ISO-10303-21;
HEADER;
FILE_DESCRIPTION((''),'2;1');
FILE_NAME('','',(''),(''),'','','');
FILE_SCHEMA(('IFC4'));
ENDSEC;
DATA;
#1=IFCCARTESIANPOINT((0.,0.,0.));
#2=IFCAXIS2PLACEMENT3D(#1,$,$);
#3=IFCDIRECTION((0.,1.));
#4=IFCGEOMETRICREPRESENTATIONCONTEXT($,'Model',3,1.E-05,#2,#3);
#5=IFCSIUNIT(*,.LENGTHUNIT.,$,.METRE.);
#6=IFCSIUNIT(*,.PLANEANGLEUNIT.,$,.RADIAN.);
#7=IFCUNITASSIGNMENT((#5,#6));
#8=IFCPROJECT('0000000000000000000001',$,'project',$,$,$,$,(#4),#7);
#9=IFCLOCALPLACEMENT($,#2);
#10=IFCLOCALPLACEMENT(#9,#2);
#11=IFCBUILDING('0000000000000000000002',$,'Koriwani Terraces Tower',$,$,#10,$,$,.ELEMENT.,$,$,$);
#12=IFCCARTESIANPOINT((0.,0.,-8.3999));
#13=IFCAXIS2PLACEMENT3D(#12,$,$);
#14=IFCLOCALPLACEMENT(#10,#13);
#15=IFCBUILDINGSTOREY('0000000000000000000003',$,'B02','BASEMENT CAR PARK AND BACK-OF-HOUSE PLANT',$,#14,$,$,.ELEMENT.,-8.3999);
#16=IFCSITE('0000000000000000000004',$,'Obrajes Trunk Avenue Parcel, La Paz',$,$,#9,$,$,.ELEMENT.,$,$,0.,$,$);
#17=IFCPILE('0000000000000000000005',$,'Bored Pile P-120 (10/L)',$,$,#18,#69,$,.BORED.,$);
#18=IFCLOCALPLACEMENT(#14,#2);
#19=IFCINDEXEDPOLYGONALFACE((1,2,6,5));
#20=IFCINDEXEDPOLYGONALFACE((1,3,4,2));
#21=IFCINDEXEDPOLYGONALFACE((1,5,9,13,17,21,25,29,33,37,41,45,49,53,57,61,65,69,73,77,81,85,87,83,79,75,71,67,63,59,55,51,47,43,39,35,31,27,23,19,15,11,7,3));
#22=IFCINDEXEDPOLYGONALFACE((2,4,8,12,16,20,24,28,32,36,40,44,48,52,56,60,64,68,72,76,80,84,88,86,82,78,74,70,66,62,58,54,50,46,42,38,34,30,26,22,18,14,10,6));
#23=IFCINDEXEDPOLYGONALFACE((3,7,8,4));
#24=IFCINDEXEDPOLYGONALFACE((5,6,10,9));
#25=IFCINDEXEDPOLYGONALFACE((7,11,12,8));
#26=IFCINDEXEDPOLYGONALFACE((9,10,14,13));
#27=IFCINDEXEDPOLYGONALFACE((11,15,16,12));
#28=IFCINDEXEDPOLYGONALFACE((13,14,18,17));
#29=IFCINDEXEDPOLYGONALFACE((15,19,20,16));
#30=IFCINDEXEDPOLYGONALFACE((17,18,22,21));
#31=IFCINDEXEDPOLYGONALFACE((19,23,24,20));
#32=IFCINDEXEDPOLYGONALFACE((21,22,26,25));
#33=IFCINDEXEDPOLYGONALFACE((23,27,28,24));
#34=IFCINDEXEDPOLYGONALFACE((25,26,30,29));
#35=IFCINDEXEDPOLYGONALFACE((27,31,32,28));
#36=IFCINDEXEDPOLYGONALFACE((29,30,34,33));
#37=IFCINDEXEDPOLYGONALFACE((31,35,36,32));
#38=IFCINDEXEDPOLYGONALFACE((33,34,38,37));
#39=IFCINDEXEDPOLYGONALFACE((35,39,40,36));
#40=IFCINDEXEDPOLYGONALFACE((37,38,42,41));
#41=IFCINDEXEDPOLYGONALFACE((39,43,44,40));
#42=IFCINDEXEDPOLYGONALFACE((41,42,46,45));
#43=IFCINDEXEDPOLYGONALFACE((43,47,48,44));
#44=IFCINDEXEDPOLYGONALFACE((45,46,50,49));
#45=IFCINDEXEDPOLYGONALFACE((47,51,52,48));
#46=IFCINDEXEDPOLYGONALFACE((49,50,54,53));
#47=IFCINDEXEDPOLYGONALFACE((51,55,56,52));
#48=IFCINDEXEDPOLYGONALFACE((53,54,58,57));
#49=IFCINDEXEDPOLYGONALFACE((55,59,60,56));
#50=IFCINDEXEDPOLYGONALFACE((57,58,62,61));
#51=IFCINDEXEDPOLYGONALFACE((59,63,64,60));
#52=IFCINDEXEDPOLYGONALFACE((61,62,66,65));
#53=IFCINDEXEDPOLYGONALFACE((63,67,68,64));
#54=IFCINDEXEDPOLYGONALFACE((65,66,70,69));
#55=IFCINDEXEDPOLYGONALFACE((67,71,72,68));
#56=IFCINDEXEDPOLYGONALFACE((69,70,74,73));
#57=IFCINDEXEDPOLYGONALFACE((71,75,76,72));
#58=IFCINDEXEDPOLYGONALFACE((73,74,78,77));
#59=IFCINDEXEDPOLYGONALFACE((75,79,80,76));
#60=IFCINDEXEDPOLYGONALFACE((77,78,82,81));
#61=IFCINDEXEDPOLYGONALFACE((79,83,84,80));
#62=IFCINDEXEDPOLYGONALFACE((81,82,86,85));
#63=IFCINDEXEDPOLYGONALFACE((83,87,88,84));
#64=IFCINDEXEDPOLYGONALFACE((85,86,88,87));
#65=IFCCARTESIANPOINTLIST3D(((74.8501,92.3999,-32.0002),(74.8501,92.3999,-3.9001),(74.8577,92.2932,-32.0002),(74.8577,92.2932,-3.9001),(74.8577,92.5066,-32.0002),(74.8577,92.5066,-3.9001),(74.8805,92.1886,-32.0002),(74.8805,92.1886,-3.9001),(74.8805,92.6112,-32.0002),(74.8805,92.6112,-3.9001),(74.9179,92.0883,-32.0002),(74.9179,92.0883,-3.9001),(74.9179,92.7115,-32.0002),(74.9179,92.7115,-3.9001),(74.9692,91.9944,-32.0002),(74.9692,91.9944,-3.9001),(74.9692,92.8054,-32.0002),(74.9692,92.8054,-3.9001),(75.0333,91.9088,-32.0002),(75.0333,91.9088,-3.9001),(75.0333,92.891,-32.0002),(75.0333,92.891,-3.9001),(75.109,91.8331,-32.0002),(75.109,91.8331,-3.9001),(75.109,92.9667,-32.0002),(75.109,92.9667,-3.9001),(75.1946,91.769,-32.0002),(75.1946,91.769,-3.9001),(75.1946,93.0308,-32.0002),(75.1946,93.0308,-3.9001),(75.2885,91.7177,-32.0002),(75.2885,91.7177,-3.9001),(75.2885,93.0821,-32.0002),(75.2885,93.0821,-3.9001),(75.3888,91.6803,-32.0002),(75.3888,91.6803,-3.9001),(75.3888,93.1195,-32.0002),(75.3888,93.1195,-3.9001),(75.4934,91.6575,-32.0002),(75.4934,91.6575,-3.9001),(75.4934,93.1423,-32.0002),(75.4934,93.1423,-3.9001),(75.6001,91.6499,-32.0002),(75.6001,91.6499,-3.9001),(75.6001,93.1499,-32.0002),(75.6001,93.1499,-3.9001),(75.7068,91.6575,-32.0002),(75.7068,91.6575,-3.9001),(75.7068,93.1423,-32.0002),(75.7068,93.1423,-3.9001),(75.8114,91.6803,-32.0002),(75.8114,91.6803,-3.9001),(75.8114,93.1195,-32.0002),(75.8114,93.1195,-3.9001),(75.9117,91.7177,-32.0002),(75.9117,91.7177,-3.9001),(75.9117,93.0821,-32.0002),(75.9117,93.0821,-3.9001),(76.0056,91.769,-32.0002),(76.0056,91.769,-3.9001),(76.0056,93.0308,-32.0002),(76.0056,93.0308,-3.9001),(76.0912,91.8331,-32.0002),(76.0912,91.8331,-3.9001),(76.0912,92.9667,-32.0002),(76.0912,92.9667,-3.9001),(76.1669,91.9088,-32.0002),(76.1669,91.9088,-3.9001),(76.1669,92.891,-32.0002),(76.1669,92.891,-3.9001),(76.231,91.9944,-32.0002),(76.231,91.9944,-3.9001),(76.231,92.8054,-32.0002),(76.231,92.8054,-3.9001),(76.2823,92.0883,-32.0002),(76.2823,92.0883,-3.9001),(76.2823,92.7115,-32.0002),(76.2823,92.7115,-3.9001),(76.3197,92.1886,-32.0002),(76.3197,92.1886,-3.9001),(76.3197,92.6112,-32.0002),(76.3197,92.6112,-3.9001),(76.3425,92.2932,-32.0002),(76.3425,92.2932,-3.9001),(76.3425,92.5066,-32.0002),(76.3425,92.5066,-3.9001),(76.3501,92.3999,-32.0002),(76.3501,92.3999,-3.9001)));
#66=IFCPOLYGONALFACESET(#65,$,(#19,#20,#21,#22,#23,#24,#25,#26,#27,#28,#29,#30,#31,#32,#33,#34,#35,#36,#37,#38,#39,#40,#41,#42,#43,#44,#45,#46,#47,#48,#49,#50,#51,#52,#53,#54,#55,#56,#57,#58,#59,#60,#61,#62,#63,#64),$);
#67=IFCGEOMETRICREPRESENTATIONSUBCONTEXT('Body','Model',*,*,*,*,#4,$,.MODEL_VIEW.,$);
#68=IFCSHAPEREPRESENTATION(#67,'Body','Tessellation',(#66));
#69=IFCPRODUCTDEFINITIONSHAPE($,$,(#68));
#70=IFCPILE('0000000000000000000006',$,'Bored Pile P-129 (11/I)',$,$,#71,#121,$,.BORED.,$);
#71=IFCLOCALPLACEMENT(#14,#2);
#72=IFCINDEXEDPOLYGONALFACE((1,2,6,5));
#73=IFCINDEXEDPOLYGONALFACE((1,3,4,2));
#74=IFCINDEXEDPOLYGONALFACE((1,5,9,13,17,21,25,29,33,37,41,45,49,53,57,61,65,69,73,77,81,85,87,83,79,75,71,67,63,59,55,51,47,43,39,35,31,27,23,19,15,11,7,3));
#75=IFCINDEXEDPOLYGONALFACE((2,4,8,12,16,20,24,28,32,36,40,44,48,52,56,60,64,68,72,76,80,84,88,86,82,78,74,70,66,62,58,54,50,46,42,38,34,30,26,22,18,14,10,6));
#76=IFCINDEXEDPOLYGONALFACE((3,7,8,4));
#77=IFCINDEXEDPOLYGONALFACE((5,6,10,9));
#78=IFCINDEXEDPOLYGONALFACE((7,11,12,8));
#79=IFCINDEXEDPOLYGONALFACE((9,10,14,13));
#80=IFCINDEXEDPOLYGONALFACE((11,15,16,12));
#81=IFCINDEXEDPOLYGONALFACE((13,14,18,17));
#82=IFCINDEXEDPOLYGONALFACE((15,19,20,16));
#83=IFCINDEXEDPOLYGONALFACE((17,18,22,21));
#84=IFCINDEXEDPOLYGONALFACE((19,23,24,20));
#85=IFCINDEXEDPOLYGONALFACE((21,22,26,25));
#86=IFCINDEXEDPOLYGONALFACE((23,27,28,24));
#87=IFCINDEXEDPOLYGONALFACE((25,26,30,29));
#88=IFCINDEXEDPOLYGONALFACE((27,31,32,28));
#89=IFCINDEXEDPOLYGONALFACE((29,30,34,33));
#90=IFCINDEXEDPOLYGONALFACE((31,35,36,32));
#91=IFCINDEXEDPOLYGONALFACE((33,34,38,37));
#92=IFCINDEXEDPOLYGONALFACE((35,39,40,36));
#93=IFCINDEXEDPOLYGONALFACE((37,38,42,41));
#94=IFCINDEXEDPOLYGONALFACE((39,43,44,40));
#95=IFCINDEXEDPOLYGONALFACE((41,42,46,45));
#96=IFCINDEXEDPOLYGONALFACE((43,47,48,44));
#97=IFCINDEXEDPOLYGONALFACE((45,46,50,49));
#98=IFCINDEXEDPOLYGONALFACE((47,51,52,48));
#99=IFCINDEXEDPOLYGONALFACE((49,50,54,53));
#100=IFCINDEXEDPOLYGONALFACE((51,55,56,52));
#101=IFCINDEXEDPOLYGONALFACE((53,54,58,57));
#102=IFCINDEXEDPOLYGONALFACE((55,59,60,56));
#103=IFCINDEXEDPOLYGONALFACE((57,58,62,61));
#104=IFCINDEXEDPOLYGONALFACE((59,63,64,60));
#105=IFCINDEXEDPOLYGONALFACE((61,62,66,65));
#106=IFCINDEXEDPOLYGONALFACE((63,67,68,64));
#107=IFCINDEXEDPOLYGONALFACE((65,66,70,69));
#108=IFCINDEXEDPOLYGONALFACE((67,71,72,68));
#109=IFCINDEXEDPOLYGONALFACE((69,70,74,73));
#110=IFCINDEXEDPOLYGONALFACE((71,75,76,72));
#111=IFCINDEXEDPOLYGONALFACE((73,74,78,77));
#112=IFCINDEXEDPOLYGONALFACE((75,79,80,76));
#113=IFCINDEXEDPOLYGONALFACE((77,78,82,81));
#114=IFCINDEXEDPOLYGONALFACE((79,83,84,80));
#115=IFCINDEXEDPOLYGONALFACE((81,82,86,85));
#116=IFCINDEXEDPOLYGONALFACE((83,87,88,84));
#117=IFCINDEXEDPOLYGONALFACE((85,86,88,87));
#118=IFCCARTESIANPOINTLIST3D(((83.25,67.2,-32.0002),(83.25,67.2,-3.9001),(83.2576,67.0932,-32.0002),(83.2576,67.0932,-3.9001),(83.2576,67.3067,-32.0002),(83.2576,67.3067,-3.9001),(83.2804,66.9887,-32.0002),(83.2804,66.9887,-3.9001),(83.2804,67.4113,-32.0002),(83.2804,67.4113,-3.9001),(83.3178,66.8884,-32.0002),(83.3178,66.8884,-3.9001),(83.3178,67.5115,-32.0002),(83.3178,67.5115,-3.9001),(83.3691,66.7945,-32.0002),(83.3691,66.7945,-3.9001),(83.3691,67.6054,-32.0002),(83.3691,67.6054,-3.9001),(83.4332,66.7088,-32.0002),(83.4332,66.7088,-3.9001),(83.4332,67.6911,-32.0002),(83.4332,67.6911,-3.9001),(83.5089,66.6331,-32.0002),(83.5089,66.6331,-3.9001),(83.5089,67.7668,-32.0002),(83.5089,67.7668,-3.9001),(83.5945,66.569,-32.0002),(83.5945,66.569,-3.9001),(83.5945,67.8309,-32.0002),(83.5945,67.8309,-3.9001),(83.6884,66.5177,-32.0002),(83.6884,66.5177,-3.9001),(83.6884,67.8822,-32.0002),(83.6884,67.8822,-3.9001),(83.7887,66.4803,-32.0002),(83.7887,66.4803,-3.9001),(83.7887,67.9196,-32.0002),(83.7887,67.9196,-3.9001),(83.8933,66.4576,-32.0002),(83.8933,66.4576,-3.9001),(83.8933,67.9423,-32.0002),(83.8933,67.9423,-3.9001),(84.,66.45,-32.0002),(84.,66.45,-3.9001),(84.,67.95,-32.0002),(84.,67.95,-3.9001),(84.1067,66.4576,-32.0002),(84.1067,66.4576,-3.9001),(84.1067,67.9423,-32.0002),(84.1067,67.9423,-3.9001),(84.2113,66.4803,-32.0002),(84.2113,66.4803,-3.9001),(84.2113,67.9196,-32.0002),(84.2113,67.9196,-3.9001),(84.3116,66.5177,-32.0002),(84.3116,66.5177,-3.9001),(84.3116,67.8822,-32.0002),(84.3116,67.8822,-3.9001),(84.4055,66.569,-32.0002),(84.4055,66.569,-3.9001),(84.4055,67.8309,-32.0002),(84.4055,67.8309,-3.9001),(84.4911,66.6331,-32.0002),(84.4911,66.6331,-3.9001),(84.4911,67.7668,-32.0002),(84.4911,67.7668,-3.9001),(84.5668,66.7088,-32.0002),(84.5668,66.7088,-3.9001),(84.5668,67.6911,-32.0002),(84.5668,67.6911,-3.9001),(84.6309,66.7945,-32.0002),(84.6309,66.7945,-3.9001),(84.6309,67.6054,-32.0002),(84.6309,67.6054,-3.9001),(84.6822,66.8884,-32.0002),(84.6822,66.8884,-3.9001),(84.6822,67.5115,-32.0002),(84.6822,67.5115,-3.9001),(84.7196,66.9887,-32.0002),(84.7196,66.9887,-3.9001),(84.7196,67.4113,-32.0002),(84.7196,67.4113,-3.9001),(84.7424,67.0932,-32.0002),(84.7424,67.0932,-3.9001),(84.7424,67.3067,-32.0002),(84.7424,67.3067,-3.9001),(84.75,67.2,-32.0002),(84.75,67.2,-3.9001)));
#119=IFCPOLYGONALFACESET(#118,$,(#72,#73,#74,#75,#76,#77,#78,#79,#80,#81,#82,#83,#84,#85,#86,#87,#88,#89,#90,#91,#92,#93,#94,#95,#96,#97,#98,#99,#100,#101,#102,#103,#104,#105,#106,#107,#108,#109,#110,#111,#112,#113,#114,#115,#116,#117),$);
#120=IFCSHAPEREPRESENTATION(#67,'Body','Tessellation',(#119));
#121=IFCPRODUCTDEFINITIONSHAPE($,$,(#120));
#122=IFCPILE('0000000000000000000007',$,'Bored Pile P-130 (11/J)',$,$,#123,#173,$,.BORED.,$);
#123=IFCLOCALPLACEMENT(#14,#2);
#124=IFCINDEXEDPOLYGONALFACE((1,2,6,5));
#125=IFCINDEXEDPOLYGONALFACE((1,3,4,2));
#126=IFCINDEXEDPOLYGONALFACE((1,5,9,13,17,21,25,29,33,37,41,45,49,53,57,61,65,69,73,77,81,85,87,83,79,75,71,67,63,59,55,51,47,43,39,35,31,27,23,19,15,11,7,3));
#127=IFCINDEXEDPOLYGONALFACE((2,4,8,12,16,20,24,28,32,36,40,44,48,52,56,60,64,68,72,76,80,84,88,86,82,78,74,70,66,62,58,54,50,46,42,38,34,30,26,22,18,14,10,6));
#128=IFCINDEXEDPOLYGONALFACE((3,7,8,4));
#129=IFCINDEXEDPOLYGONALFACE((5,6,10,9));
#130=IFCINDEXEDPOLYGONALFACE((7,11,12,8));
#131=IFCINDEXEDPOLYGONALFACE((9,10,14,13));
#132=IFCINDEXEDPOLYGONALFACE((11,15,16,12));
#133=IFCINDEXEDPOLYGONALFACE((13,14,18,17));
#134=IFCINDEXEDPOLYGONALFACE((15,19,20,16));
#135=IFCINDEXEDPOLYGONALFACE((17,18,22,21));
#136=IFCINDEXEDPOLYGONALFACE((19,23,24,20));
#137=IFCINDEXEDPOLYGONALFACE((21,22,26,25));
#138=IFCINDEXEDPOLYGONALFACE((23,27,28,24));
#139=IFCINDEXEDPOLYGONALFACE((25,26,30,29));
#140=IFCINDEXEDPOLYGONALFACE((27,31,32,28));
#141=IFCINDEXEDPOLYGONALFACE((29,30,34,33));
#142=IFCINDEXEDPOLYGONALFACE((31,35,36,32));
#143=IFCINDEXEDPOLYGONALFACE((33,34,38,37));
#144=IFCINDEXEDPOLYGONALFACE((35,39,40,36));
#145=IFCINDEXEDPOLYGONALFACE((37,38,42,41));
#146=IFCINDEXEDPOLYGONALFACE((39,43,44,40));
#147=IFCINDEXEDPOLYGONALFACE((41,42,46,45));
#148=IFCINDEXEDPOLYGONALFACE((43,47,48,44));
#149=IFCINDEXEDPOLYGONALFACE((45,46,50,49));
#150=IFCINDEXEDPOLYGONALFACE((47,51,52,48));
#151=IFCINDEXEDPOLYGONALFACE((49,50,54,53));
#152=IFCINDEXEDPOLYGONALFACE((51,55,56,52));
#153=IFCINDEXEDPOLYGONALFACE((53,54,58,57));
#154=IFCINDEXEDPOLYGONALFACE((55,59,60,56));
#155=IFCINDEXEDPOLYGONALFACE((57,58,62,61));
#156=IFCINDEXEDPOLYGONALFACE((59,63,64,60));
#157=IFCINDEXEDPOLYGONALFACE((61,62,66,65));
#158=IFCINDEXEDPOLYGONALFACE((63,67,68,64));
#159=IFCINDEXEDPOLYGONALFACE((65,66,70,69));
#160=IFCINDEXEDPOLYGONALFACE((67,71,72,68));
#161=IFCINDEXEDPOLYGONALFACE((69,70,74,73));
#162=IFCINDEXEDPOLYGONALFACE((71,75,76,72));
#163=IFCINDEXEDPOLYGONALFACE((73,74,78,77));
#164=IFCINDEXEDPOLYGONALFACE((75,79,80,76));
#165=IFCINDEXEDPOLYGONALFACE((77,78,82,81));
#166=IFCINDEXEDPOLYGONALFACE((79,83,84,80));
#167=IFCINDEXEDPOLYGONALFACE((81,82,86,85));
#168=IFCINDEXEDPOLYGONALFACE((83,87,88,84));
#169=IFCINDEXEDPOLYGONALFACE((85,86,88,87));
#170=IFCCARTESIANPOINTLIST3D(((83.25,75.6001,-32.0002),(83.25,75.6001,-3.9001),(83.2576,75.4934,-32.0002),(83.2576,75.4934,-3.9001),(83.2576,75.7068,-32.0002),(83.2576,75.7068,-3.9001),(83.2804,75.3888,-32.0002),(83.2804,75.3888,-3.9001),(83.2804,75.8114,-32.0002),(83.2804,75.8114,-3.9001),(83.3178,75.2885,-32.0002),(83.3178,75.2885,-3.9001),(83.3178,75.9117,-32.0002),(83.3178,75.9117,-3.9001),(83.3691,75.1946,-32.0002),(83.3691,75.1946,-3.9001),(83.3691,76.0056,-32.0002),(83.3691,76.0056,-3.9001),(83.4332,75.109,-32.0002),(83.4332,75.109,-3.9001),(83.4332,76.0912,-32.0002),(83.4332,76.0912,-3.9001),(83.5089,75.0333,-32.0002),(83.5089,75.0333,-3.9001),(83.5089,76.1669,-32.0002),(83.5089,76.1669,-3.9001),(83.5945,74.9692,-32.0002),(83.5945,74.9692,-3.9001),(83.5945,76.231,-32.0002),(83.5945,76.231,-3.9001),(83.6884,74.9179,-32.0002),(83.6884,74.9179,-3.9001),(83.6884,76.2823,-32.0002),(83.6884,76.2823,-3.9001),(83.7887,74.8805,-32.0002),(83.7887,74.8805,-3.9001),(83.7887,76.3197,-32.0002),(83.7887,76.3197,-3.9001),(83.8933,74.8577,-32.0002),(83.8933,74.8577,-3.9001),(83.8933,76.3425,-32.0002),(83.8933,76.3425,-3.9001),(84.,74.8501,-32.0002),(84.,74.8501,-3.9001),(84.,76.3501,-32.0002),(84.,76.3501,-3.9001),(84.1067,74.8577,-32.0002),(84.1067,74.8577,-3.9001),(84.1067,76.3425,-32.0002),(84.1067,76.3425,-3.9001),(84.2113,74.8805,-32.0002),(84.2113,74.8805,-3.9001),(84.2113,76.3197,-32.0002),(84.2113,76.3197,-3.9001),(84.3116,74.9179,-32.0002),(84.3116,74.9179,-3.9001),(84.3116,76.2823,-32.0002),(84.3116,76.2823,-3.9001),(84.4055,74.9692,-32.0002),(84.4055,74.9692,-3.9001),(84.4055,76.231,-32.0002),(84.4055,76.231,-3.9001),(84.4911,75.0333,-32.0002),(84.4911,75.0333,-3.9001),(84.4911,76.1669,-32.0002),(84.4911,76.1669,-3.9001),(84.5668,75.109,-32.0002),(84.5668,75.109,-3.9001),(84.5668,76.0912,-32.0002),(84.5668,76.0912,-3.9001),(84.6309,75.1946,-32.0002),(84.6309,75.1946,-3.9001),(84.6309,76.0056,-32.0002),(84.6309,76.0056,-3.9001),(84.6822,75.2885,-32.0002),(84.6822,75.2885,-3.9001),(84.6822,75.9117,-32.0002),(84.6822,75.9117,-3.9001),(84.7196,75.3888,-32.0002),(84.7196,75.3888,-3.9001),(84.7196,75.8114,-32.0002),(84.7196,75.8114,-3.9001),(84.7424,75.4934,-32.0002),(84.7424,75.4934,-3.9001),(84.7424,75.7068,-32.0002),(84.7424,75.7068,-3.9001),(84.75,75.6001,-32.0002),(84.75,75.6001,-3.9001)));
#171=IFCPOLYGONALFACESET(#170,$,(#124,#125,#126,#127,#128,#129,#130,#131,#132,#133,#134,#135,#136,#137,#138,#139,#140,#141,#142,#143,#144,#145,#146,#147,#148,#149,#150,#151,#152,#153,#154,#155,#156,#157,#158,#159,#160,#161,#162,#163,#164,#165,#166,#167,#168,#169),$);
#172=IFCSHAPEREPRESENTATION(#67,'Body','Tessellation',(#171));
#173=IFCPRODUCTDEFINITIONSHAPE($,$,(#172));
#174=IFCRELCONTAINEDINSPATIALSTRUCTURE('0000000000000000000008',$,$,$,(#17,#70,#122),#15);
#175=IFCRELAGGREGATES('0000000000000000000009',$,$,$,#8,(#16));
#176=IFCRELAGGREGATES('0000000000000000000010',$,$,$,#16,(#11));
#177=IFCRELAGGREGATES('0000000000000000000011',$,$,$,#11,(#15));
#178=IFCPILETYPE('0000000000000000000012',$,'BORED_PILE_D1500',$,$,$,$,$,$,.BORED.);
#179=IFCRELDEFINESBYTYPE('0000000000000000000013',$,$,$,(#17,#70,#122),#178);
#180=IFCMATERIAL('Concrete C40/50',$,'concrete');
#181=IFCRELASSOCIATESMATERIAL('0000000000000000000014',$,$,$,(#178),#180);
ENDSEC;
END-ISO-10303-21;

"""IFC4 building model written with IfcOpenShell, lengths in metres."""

from ifc_helpers import new_model, si_unit, direction, frame, origin, origin_2d, place, context, subcontext, project, spatial, circle, extrude, material, material_profile, profile_set, type_object, element, save


model = new_model("IFC4")

# Units and contexts
model_context = context("Model", 3, precision=1e-05, world=origin(), true_north=direction((0.0, 1.0)))
body_context = subcontext(model_context, "Body", "Model", "MODEL_VIEW")
ifc_project = project(units=[si_unit("LENGTHUNIT", "METRE"), si_unit("PLANEANGLEUNIT", "RADIAN")], contexts=[model_context])

# Site, building, storey
site_placement = place(None, origin())
site = spatial("IfcSite", under=ifc_project, at=site_placement, Name="Obrajes Trunk Avenue Parcel, La Paz", CompositionType="ELEMENT", RefElevation=0.0)
building_placement = place(site_placement, origin())
building = spatial("IfcBuilding", under=site, at=building_placement, Name="Koriwani Terraces Tower", CompositionType="ELEMENT")
storey_placement = place(building_placement, frame((0.0, 0.0, -8.3999)))
storey = spatial("IfcBuildingStorey", under=building, at=storey_placement, Name="B02", Description="BASEMENT CAR PARK AND BACK-OF-HOUSE PLANT", CompositionType="ELEMENT", Elevation=-8.3999)

# Piles
ifc_material_1 = material(Name="Concrete C40/50", Category="concrete")
ifc_material_profile_1 = material_profile(ifc_material_1, circle(Radius=0.75, at=origin_2d()), Name="Concrete C40/50")
ifc_profile_set_1 = profile_set([ifc_material_profile_1], Name="Concrete C40/50")
pile_type = type_object("IfcPileType", Name="BORED_PILE_D1500", PredefinedType="BORED", material=ifc_profile_set_1)
for number, where, z_axis, x_axis, name in (
    (1, (75.6001, 92.3999, -3.9001), (0.0, 0.0, -1.0), (1.0, 0.0, 0.0), "Bored Pile P-120 (10/L)"),
    (2, (84.0, 67.2, -3.9001), (0.0, 0.0, -1.0), (1.0, 0.0, 0.0), "Bored Pile P-129 (11/I)"),
    (3, (84.0, 75.6001, -3.9001), (0.0, 0.0, -1.0), (1.0, 0.0, 0.0), "Bored Pile P-130 (11/J)"),
):
    element("IfcPile", number, at=place(storey_placement, frame(where, z_axis=z_axis, x_axis=x_axis)), inside=storey, type_object=pile_type, Name=name, PredefinedType="BORED", context=body_context, shape_type="SweptSolid", body=[
        extrude(circle(Radius=0.75, at=origin_2d()), origin(), (0.0, 0.0, 1.0), 28.1001),
    ])

save(model, "model.ifc")
